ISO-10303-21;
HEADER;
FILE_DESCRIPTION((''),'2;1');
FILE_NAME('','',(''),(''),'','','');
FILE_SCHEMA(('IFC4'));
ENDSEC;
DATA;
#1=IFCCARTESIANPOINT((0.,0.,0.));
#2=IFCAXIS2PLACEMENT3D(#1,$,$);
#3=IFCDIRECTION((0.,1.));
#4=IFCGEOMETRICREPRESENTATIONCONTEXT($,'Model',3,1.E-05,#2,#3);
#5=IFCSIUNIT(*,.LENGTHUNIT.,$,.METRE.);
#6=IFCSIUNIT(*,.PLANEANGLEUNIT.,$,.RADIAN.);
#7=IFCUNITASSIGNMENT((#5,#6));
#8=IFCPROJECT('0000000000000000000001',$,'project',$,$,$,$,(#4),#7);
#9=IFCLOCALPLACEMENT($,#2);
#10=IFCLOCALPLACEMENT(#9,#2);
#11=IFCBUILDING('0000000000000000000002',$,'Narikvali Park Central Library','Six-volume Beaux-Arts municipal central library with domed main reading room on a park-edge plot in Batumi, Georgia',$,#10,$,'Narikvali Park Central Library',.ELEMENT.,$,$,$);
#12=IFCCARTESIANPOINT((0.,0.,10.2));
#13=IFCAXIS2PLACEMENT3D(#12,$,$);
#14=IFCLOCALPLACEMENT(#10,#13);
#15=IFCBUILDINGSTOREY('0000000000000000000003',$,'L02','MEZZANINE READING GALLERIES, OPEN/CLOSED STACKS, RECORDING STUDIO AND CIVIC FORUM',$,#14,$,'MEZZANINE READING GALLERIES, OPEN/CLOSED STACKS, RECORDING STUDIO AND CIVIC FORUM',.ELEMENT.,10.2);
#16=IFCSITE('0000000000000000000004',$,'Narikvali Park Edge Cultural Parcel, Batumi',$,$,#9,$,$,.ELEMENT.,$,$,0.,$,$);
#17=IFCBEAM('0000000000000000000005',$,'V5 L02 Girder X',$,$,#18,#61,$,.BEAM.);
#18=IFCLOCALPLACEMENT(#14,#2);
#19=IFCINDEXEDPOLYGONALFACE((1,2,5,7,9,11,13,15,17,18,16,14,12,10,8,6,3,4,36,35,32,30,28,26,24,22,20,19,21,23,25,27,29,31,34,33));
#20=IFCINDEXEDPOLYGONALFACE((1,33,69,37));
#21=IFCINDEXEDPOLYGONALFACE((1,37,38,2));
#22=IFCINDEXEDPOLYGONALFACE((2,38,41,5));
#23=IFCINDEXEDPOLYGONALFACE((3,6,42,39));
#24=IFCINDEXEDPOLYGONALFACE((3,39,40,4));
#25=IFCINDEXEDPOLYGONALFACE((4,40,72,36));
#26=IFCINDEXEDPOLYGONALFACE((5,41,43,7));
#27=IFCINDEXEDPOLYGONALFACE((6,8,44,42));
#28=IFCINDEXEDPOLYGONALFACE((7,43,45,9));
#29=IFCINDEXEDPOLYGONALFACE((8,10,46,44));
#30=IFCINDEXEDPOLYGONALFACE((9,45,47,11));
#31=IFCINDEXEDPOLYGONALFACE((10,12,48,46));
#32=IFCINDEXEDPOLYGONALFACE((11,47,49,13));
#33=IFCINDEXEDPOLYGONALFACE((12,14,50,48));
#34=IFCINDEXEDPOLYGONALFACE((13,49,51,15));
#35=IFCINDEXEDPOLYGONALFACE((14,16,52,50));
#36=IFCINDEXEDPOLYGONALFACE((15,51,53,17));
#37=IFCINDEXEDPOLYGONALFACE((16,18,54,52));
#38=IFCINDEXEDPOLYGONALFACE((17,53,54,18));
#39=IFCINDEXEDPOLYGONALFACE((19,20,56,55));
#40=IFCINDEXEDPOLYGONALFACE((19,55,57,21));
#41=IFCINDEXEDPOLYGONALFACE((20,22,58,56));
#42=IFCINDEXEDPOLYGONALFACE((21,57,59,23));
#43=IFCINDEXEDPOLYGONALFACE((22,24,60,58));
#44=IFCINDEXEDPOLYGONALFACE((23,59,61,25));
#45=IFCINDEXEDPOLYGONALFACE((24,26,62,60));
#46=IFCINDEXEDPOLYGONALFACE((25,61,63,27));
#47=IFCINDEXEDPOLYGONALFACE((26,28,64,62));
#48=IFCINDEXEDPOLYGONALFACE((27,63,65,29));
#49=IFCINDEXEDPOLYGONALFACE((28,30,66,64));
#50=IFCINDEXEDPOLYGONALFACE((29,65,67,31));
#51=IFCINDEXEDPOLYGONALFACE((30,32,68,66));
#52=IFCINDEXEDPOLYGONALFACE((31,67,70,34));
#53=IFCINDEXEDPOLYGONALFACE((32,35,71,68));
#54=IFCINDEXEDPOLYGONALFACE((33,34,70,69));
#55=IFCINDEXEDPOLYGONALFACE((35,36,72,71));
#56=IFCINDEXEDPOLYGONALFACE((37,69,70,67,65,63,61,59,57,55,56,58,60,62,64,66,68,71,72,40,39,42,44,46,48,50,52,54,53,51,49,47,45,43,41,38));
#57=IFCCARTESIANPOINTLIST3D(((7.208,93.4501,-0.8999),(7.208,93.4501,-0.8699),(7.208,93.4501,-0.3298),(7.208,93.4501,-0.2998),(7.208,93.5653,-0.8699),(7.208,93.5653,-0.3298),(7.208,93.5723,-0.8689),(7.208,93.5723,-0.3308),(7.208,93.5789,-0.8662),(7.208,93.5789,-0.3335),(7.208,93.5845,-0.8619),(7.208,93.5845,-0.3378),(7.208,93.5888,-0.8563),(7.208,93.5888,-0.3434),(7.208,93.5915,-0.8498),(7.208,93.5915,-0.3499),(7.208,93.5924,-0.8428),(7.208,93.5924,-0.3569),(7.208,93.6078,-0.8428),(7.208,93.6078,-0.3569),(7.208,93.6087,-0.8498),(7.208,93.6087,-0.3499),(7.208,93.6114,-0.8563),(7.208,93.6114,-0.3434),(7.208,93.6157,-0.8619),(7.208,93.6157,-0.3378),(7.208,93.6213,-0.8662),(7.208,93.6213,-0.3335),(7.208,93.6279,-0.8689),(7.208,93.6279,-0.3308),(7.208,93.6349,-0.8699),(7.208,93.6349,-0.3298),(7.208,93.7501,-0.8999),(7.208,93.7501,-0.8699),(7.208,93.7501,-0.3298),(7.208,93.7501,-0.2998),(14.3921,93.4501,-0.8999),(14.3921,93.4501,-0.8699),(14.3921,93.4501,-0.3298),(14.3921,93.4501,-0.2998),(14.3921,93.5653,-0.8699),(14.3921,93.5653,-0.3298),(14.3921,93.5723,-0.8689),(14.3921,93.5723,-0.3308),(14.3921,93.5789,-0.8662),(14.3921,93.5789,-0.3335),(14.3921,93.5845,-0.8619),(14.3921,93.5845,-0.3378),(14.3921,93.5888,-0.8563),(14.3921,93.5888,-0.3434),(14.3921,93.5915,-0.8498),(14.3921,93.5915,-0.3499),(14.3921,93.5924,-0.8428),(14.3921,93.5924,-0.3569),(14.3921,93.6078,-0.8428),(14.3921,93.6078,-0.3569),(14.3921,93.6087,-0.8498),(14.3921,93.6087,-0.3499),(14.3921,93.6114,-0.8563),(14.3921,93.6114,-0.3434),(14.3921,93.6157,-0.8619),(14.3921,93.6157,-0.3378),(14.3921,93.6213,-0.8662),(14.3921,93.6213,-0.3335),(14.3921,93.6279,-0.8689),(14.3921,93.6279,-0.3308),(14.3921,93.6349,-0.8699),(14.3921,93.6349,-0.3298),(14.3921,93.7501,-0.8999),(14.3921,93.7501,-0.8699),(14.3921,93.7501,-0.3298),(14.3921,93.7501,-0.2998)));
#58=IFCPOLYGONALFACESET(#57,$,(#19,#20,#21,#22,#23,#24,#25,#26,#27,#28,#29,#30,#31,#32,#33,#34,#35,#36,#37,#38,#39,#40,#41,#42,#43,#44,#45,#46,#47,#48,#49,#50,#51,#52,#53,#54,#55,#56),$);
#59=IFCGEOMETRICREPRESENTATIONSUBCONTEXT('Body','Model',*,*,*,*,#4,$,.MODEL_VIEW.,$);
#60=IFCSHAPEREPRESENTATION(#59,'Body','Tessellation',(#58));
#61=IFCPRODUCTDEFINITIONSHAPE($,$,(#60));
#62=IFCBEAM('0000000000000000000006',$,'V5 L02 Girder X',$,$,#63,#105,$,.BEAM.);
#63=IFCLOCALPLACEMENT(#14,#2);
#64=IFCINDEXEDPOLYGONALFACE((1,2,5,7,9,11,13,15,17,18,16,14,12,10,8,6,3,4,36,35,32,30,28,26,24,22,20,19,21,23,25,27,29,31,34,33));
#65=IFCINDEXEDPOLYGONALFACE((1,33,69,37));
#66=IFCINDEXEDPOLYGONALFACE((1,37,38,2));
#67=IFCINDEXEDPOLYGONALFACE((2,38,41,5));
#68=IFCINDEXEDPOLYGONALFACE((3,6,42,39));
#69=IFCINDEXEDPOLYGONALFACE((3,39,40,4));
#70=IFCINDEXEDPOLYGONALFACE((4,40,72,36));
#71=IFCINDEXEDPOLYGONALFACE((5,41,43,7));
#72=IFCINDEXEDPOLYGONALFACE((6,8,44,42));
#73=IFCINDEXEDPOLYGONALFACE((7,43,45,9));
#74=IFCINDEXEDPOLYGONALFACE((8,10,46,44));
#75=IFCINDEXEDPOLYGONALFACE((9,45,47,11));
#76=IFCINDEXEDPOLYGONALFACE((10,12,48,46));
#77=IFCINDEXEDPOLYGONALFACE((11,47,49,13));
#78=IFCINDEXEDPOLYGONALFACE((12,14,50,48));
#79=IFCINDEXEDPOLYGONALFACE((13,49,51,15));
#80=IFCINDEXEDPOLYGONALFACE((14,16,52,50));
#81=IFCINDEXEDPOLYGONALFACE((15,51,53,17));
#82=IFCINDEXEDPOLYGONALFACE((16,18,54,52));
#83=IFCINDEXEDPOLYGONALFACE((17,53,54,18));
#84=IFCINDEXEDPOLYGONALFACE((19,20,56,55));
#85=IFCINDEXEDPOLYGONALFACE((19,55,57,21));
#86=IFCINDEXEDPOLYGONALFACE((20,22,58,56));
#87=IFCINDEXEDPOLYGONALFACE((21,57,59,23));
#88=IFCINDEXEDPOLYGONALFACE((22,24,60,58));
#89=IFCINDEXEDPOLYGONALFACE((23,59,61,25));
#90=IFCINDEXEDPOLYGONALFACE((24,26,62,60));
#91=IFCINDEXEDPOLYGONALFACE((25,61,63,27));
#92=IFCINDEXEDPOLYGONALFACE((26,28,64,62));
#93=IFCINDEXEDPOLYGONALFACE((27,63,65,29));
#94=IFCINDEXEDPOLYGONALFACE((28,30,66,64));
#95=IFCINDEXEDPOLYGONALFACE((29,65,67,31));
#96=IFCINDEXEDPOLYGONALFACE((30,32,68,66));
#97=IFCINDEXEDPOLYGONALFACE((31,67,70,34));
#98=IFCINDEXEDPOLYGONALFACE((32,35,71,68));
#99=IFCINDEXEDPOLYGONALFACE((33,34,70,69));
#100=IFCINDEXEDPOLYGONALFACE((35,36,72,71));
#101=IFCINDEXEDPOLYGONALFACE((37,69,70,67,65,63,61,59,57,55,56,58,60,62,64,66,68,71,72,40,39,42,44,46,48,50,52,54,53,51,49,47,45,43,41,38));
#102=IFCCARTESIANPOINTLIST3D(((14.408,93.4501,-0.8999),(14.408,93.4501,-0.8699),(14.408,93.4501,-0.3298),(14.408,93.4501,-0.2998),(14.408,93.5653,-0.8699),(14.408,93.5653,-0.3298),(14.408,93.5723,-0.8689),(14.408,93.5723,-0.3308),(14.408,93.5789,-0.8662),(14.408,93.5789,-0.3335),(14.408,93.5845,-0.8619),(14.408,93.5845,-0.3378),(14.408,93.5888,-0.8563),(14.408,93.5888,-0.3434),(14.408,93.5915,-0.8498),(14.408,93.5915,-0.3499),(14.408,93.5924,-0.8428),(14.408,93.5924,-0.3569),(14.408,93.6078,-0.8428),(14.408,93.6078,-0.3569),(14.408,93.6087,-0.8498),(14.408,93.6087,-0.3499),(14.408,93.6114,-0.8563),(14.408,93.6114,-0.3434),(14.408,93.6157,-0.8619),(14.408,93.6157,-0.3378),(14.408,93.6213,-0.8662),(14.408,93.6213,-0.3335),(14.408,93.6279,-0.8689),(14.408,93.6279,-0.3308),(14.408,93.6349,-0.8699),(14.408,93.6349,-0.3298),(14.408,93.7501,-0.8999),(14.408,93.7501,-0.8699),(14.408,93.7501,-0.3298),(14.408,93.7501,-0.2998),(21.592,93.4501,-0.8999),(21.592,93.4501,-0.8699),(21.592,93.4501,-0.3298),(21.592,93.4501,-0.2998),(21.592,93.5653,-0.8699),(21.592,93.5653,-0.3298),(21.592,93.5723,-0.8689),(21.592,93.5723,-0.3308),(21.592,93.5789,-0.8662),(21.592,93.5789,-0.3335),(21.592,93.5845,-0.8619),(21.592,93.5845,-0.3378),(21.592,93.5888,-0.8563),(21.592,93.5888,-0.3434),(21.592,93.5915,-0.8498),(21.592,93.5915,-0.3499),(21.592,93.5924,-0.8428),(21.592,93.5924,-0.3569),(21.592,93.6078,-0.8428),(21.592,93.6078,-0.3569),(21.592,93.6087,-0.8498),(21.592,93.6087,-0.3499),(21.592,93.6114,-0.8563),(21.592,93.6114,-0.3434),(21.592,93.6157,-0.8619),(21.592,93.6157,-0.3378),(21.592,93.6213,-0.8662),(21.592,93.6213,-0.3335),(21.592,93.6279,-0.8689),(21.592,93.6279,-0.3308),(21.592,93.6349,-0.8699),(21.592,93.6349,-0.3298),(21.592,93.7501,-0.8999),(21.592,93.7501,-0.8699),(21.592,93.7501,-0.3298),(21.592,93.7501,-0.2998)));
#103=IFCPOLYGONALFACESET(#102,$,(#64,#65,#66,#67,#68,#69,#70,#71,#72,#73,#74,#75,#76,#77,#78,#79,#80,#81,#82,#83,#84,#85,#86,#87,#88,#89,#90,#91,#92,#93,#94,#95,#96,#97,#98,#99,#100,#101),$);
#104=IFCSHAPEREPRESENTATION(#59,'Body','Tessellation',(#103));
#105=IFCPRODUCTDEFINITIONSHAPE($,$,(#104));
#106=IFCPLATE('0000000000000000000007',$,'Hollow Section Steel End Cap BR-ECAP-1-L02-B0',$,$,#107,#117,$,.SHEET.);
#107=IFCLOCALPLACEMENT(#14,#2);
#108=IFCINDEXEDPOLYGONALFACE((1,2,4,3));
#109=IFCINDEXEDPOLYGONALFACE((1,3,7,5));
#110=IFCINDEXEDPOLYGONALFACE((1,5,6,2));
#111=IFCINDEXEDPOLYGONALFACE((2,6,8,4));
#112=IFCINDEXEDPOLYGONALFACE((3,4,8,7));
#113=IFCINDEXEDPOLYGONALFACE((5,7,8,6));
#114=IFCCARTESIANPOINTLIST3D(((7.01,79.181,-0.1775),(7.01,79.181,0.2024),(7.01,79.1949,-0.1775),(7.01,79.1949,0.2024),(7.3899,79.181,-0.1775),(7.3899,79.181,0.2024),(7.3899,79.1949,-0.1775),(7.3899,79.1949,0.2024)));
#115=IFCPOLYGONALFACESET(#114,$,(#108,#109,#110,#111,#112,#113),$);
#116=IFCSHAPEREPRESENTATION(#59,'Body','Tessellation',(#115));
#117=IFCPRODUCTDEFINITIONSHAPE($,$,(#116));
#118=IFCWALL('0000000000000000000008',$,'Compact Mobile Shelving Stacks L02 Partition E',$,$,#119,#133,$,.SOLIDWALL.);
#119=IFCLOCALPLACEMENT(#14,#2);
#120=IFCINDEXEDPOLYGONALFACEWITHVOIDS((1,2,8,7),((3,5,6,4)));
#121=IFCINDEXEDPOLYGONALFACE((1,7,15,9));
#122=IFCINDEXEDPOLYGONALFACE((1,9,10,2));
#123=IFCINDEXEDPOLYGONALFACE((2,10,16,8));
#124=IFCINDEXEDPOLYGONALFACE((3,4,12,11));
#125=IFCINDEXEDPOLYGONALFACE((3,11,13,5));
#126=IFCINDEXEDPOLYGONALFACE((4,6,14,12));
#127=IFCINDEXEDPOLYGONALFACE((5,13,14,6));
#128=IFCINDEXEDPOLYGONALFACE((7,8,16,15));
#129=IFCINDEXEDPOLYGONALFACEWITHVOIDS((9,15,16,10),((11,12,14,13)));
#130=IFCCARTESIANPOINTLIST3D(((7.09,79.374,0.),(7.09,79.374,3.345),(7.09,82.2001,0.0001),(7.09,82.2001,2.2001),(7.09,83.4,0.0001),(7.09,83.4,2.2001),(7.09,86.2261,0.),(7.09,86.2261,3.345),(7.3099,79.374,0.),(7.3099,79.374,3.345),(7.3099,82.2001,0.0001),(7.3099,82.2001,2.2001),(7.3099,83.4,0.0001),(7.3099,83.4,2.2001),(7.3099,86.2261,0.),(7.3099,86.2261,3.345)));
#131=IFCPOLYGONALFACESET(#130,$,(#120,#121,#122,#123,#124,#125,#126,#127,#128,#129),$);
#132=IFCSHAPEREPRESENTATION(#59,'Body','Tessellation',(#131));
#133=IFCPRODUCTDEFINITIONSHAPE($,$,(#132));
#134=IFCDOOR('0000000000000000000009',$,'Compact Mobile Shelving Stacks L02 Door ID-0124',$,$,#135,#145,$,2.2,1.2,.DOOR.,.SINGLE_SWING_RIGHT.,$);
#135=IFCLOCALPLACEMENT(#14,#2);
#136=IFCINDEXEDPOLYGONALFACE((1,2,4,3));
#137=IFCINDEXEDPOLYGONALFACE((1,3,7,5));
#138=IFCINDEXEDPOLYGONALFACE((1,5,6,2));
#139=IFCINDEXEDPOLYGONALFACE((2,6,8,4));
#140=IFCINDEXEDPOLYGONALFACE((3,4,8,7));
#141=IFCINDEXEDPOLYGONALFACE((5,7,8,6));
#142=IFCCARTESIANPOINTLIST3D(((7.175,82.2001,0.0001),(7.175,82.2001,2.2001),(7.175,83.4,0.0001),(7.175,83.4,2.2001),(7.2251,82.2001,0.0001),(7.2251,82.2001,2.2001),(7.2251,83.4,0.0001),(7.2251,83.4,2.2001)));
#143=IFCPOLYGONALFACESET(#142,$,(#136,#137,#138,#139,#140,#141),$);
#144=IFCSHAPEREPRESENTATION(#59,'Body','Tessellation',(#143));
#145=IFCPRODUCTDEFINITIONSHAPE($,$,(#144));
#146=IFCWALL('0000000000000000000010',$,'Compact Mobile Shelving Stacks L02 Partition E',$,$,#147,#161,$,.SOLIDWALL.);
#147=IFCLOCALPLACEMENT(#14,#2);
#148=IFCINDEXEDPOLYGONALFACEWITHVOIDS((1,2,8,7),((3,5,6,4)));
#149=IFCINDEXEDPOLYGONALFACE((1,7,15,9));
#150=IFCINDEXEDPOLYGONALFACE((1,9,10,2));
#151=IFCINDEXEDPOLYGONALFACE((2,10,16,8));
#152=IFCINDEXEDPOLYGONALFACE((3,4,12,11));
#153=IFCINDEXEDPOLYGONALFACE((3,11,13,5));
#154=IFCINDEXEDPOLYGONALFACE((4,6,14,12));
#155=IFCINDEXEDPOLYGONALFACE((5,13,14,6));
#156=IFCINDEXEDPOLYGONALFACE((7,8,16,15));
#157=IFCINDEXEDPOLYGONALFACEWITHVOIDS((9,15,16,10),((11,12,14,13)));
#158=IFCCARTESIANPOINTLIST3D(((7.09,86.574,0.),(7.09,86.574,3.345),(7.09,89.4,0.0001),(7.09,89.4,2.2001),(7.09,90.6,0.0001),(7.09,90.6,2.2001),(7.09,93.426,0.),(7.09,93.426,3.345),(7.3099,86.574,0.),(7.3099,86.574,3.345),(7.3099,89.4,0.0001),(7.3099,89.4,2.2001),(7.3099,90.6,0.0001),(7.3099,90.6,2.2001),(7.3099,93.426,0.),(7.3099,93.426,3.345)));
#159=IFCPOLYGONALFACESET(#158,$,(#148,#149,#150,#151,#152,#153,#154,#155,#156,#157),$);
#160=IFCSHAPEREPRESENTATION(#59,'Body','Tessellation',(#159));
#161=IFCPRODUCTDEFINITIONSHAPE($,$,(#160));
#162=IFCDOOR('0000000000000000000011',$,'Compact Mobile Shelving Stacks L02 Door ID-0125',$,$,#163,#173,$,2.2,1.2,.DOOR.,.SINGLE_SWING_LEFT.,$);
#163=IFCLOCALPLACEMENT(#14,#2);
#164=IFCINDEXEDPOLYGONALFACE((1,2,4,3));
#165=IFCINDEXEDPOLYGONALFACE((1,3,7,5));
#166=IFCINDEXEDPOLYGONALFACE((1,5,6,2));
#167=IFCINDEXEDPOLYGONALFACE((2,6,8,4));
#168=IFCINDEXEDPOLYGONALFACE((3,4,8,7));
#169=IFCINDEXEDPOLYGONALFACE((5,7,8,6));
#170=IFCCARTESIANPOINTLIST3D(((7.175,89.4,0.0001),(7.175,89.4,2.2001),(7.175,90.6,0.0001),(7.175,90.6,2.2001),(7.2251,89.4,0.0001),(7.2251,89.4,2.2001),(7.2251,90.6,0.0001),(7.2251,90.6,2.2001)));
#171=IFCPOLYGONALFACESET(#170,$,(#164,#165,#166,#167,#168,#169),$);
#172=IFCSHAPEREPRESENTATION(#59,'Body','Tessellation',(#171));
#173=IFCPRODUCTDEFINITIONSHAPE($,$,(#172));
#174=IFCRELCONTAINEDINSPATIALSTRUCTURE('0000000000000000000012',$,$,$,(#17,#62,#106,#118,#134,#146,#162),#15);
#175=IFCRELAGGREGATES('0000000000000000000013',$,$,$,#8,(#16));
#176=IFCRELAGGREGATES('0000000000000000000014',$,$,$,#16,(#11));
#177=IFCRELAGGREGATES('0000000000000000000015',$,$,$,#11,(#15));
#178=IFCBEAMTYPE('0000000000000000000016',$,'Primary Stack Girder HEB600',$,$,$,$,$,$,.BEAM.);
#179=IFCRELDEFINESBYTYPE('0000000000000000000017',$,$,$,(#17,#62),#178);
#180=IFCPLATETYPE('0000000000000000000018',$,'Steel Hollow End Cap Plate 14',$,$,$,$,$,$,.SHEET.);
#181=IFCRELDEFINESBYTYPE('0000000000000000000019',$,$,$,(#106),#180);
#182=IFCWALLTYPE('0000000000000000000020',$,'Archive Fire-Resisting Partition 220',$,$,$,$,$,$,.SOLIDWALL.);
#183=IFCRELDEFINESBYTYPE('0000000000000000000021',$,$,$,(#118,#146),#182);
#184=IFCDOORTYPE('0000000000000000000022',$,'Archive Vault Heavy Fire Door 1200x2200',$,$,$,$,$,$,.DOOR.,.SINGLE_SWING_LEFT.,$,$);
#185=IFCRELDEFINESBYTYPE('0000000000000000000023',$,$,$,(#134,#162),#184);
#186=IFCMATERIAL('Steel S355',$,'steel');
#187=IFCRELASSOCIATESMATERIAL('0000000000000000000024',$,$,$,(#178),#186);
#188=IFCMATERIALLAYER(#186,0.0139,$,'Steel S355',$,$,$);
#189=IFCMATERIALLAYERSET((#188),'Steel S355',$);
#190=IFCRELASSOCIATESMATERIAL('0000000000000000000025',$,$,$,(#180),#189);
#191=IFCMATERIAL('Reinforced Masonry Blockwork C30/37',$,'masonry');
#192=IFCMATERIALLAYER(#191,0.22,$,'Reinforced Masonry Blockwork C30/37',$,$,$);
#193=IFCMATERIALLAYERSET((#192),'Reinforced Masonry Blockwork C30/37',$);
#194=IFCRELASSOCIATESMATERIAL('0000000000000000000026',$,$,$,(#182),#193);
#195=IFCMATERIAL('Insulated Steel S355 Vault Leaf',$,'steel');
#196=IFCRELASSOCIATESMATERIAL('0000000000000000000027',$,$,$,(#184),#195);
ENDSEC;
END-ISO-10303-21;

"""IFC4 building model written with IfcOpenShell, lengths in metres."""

from ifc_helpers import new_model, si_unit, direction, frame, frame_2d, origin, origin_2d, place, context, subcontext, project, spatial, rectangle, i_section, extrude, material, layer, layer_set, material_profile, profile_set, type_object, element, fill, save


model = new_model("IFC4")

# Units and contexts
model_context = context("Model", 3, precision=1e-05, world=origin(), true_north=direction((0.0, 1.0)))
body_context = subcontext(model_context, "Body", "Model", "MODEL_VIEW")
ifc_project = project(units=[si_unit("LENGTHUNIT", "METRE"), si_unit("PLANEANGLEUNIT", "RADIAN")], contexts=[model_context])

# Site, building, storey
site_placement = place(None, origin())
site = spatial("IfcSite", under=ifc_project, at=site_placement, Name="Narikvali Park Edge Cultural Parcel, Batumi", CompositionType="ELEMENT", RefElevation=0.0)
building_placement = place(site_placement, origin())
building = spatial("IfcBuilding", under=site, at=building_placement, Name="Narikvali Park Central Library", Description="Six-volume Beaux-Arts municipal central library with domed main reading room on a park-edge plot in Batumi, Georgia", LongName="Narikvali Park Central Library", CompositionType="ELEMENT")
storey_placement = place(building_placement, frame((0.0, 0.0, 10.2)))
storey = spatial("IfcBuildingStorey", under=building, at=storey_placement, Name="L02", Description="MEZZANINE READING GALLERIES, OPEN/CLOSED STACKS, RECORDING STUDIO AND CIVIC FORUM", LongName="MEZZANINE READING GALLERIES, OPEN/CLOSED STACKS, RECORDING STUDIO AND CIVIC FORUM", CompositionType="ELEMENT", Elevation=10.2)

# Shared definitions
ifc_material_1 = material(Name="Steel S355", Category="steel")

# Beams
ifc_material_profile_1 = material_profile(ifc_material_1, i_section(OverallWidth=0.3, OverallDepth=0.6001, WebThickness=0.0154, FlangeThickness=0.03, FilletRadius=0.0271, at=origin_2d()), Name="HEB 600")
ifc_profile_set_1 = profile_set([ifc_material_profile_1], Name="Steel S355")
beam_type_1 = type_object("IfcBeamType", Name="Primary Stack Girder HEB600", PredefinedType="BEAM", material=ifc_profile_set_1)
for number, where, z_axis, x_axis, name in (
    (1, (7.208, 93.6001, -0.5999), (1.0, 0.0, 0.0), (0.0, 1.0, 0.0), "V5 L02 Girder X"),
    (2, (14.408, 93.6001, -0.5999), (1.0, 0.0, 0.0), (0.0, 1.0, 0.0), "V5 L02 Girder X"),
):
    element("IfcBeam", number, at=place(storey_placement, frame(where, z_axis=z_axis, x_axis=x_axis)), inside=storey, type_object=beam_type_1, Name=name, PredefinedType="BEAM", context=body_context, shape_type="SweptSolid", body=[
        extrude(i_section(OverallWidth=0.3, OverallDepth=0.6001, WebThickness=0.0154, FlangeThickness=0.03, FilletRadius=0.0271, at=origin_2d()), origin(), (0.0, 0.0, 1.0), 7.1841),
    ])

# Plate
ifc_layer_1 = layer(ifc_material_1, 0.0139, Name="Steel S355")
ifc_layer_set_1 = layer_set([ifc_layer_1], Name="Steel S355")
plate_type = type_object("IfcPlateType", Name="Steel Hollow End Cap Plate 14", PredefinedType="SHEET", material=ifc_layer_set_1)
plate_placement = place(storey_placement, frame((7.2, 79.188, -0.1775), z_axis=(0.0, 0.0, 1.0), x_axis=(1.0, 0.0, 0.0)))
element("IfcPlate", 3, at=plate_placement, inside=storey, type_object=plate_type, Name="Hollow Section Steel End Cap BR-ECAP-1-L02-B0", PredefinedType="SHEET", context=body_context, shape_type="SweptSolid", body=[
    extrude(rectangle(XDim=0.3799, YDim=0.0139, at=origin_2d()), origin(), (0.0, 0.0, 1.0), 0.3799),
])

# Walls, openings, doors
ifc_material_2 = material(Name="Reinforced Masonry Blockwork C30/37", Category="masonry")
ifc_layer_2 = layer(ifc_material_2, 0.22, Name="Reinforced Masonry Blockwork C30/37")
ifc_layer_set_2 = layer_set([ifc_layer_2], Name="Reinforced Masonry Blockwork C30/37")
wall_type = type_object("IfcWallType", Name="Archive Fire-Resisting Partition 220", PredefinedType="SOLIDWALL", material=ifc_layer_set_2)
wall_1_placement = place(storey_placement, frame((7.2, 79.374, 0.0), z_axis=(0.0, 0.0, 1.0), x_axis=(0.0, 1.0, 0.0)))
wall_1 = element("IfcWall", 4, at=wall_1_placement, inside=storey, type_object=wall_type, Name="Compact Mobile Shelving Stacks L02 Partition E", PredefinedType="SOLIDWALL", context=body_context, shape_type="SweptSolid", body=[
    extrude(rectangle(XDim=6.8521, YDim=0.22, at=frame_2d((3.426, 0.0))), origin(), (0.0, 0.0, 1.0), 3.345),
])
opening_1_placement = place(wall_1_placement, frame((2.8259, 0.0, 0.0)))
opening_1 = element("IfcOpeningElement", 5, at=opening_1_placement, cuts=wall_1, PredefinedType="OPENING", context=body_context, shape_type="SweptSolid", body=[
    extrude(rectangle(XDim=1.2, YDim=2.2, at=frame_2d((0.6001, 1.1001))), frame((0.0, 0.1221, 0.0), z_axis=(0.0, -1.0, 0.0), x_axis=(1.0, 0.0, 0.0)), (0.0, 0.0, 1.0), 0.2439),
])
ifc_material_3 = material(Name="Insulated Steel S355 Vault Leaf", Category="steel")
door_type = type_object("IfcDoorType", Name="Archive Vault Heavy Fire Door 1200x2200", OperationType="SINGLE_SWING_LEFT", PredefinedType="DOOR", material=ifc_material_3)
door_1_placement = place(opening_1_placement, origin())
door_1 = element("IfcDoor", 6, at=door_1_placement, inside=storey, type_object=door_type, Name="Compact Mobile Shelving Stacks L02 Door ID-0124", OperationType="SINGLE_SWING_RIGHT", OverallHeight=2.2, OverallWidth=1.2, PredefinedType="DOOR", context=body_context, shape_type="SweptSolid", body=[
    extrude(rectangle(XDim=1.2, YDim=2.2, at=frame_2d((0.6001, 1.1001))), frame((0.0, 0.0249, 0.0), z_axis=(0.0, -1.0, 0.0), x_axis=(1.0, 0.0, 0.0)), (0.0, 0.0, 1.0), 0.05),
])
fill(opening_1, door_1)
wall_2_placement = place(storey_placement, frame((7.2, 86.574, 0.0), z_axis=(0.0, 0.0, 1.0), x_axis=(0.0, 1.0, 0.0)))
wall_2 = element("IfcWall", 7, at=wall_2_placement, inside=storey, type_object=wall_type, Name="Compact Mobile Shelving Stacks L02 Partition E", PredefinedType="SOLIDWALL", context=body_context, shape_type="SweptSolid", body=[
    extrude(rectangle(XDim=6.8521, YDim=0.22, at=frame_2d((3.426, 0.0))), origin(), (0.0, 0.0, 1.0), 3.345),
])
opening_2_placement = place(wall_2_placement, frame((2.8259, 0.0, 0.0)))
opening_2 = element("IfcOpeningElement", 8, at=opening_2_placement, cuts=wall_2, PredefinedType="OPENING", context=body_context, shape_type="SweptSolid", body=[
    extrude(rectangle(XDim=1.2, YDim=2.2, at=frame_2d((0.6001, 1.1001))), frame((0.0, 0.1221, 0.0), z_axis=(0.0, -1.0, 0.0), x_axis=(1.0, 0.0, 0.0)), (0.0, 0.0, 1.0), 0.2439),
])
door_2_placement = place(opening_2_placement, origin())
door_2 = element("IfcDoor", 9, at=door_2_placement, inside=storey, type_object=door_type, Name="Compact Mobile Shelving Stacks L02 Door ID-0125", OperationType="SINGLE_SWING_LEFT", OverallHeight=2.2, OverallWidth=1.2, PredefinedType="DOOR", context=body_context, shape_type="SweptSolid", body=[
    extrude(rectangle(XDim=1.2, YDim=2.2, at=frame_2d((0.6001, 1.1001))), frame((0.0, 0.0249, 0.0), z_axis=(0.0, -1.0, 0.0), x_axis=(1.0, 0.0, 0.0)), (0.0, 0.0, 1.0), 0.05),
])
fill(opening_2, door_2)

save(model, "model.ifc")
